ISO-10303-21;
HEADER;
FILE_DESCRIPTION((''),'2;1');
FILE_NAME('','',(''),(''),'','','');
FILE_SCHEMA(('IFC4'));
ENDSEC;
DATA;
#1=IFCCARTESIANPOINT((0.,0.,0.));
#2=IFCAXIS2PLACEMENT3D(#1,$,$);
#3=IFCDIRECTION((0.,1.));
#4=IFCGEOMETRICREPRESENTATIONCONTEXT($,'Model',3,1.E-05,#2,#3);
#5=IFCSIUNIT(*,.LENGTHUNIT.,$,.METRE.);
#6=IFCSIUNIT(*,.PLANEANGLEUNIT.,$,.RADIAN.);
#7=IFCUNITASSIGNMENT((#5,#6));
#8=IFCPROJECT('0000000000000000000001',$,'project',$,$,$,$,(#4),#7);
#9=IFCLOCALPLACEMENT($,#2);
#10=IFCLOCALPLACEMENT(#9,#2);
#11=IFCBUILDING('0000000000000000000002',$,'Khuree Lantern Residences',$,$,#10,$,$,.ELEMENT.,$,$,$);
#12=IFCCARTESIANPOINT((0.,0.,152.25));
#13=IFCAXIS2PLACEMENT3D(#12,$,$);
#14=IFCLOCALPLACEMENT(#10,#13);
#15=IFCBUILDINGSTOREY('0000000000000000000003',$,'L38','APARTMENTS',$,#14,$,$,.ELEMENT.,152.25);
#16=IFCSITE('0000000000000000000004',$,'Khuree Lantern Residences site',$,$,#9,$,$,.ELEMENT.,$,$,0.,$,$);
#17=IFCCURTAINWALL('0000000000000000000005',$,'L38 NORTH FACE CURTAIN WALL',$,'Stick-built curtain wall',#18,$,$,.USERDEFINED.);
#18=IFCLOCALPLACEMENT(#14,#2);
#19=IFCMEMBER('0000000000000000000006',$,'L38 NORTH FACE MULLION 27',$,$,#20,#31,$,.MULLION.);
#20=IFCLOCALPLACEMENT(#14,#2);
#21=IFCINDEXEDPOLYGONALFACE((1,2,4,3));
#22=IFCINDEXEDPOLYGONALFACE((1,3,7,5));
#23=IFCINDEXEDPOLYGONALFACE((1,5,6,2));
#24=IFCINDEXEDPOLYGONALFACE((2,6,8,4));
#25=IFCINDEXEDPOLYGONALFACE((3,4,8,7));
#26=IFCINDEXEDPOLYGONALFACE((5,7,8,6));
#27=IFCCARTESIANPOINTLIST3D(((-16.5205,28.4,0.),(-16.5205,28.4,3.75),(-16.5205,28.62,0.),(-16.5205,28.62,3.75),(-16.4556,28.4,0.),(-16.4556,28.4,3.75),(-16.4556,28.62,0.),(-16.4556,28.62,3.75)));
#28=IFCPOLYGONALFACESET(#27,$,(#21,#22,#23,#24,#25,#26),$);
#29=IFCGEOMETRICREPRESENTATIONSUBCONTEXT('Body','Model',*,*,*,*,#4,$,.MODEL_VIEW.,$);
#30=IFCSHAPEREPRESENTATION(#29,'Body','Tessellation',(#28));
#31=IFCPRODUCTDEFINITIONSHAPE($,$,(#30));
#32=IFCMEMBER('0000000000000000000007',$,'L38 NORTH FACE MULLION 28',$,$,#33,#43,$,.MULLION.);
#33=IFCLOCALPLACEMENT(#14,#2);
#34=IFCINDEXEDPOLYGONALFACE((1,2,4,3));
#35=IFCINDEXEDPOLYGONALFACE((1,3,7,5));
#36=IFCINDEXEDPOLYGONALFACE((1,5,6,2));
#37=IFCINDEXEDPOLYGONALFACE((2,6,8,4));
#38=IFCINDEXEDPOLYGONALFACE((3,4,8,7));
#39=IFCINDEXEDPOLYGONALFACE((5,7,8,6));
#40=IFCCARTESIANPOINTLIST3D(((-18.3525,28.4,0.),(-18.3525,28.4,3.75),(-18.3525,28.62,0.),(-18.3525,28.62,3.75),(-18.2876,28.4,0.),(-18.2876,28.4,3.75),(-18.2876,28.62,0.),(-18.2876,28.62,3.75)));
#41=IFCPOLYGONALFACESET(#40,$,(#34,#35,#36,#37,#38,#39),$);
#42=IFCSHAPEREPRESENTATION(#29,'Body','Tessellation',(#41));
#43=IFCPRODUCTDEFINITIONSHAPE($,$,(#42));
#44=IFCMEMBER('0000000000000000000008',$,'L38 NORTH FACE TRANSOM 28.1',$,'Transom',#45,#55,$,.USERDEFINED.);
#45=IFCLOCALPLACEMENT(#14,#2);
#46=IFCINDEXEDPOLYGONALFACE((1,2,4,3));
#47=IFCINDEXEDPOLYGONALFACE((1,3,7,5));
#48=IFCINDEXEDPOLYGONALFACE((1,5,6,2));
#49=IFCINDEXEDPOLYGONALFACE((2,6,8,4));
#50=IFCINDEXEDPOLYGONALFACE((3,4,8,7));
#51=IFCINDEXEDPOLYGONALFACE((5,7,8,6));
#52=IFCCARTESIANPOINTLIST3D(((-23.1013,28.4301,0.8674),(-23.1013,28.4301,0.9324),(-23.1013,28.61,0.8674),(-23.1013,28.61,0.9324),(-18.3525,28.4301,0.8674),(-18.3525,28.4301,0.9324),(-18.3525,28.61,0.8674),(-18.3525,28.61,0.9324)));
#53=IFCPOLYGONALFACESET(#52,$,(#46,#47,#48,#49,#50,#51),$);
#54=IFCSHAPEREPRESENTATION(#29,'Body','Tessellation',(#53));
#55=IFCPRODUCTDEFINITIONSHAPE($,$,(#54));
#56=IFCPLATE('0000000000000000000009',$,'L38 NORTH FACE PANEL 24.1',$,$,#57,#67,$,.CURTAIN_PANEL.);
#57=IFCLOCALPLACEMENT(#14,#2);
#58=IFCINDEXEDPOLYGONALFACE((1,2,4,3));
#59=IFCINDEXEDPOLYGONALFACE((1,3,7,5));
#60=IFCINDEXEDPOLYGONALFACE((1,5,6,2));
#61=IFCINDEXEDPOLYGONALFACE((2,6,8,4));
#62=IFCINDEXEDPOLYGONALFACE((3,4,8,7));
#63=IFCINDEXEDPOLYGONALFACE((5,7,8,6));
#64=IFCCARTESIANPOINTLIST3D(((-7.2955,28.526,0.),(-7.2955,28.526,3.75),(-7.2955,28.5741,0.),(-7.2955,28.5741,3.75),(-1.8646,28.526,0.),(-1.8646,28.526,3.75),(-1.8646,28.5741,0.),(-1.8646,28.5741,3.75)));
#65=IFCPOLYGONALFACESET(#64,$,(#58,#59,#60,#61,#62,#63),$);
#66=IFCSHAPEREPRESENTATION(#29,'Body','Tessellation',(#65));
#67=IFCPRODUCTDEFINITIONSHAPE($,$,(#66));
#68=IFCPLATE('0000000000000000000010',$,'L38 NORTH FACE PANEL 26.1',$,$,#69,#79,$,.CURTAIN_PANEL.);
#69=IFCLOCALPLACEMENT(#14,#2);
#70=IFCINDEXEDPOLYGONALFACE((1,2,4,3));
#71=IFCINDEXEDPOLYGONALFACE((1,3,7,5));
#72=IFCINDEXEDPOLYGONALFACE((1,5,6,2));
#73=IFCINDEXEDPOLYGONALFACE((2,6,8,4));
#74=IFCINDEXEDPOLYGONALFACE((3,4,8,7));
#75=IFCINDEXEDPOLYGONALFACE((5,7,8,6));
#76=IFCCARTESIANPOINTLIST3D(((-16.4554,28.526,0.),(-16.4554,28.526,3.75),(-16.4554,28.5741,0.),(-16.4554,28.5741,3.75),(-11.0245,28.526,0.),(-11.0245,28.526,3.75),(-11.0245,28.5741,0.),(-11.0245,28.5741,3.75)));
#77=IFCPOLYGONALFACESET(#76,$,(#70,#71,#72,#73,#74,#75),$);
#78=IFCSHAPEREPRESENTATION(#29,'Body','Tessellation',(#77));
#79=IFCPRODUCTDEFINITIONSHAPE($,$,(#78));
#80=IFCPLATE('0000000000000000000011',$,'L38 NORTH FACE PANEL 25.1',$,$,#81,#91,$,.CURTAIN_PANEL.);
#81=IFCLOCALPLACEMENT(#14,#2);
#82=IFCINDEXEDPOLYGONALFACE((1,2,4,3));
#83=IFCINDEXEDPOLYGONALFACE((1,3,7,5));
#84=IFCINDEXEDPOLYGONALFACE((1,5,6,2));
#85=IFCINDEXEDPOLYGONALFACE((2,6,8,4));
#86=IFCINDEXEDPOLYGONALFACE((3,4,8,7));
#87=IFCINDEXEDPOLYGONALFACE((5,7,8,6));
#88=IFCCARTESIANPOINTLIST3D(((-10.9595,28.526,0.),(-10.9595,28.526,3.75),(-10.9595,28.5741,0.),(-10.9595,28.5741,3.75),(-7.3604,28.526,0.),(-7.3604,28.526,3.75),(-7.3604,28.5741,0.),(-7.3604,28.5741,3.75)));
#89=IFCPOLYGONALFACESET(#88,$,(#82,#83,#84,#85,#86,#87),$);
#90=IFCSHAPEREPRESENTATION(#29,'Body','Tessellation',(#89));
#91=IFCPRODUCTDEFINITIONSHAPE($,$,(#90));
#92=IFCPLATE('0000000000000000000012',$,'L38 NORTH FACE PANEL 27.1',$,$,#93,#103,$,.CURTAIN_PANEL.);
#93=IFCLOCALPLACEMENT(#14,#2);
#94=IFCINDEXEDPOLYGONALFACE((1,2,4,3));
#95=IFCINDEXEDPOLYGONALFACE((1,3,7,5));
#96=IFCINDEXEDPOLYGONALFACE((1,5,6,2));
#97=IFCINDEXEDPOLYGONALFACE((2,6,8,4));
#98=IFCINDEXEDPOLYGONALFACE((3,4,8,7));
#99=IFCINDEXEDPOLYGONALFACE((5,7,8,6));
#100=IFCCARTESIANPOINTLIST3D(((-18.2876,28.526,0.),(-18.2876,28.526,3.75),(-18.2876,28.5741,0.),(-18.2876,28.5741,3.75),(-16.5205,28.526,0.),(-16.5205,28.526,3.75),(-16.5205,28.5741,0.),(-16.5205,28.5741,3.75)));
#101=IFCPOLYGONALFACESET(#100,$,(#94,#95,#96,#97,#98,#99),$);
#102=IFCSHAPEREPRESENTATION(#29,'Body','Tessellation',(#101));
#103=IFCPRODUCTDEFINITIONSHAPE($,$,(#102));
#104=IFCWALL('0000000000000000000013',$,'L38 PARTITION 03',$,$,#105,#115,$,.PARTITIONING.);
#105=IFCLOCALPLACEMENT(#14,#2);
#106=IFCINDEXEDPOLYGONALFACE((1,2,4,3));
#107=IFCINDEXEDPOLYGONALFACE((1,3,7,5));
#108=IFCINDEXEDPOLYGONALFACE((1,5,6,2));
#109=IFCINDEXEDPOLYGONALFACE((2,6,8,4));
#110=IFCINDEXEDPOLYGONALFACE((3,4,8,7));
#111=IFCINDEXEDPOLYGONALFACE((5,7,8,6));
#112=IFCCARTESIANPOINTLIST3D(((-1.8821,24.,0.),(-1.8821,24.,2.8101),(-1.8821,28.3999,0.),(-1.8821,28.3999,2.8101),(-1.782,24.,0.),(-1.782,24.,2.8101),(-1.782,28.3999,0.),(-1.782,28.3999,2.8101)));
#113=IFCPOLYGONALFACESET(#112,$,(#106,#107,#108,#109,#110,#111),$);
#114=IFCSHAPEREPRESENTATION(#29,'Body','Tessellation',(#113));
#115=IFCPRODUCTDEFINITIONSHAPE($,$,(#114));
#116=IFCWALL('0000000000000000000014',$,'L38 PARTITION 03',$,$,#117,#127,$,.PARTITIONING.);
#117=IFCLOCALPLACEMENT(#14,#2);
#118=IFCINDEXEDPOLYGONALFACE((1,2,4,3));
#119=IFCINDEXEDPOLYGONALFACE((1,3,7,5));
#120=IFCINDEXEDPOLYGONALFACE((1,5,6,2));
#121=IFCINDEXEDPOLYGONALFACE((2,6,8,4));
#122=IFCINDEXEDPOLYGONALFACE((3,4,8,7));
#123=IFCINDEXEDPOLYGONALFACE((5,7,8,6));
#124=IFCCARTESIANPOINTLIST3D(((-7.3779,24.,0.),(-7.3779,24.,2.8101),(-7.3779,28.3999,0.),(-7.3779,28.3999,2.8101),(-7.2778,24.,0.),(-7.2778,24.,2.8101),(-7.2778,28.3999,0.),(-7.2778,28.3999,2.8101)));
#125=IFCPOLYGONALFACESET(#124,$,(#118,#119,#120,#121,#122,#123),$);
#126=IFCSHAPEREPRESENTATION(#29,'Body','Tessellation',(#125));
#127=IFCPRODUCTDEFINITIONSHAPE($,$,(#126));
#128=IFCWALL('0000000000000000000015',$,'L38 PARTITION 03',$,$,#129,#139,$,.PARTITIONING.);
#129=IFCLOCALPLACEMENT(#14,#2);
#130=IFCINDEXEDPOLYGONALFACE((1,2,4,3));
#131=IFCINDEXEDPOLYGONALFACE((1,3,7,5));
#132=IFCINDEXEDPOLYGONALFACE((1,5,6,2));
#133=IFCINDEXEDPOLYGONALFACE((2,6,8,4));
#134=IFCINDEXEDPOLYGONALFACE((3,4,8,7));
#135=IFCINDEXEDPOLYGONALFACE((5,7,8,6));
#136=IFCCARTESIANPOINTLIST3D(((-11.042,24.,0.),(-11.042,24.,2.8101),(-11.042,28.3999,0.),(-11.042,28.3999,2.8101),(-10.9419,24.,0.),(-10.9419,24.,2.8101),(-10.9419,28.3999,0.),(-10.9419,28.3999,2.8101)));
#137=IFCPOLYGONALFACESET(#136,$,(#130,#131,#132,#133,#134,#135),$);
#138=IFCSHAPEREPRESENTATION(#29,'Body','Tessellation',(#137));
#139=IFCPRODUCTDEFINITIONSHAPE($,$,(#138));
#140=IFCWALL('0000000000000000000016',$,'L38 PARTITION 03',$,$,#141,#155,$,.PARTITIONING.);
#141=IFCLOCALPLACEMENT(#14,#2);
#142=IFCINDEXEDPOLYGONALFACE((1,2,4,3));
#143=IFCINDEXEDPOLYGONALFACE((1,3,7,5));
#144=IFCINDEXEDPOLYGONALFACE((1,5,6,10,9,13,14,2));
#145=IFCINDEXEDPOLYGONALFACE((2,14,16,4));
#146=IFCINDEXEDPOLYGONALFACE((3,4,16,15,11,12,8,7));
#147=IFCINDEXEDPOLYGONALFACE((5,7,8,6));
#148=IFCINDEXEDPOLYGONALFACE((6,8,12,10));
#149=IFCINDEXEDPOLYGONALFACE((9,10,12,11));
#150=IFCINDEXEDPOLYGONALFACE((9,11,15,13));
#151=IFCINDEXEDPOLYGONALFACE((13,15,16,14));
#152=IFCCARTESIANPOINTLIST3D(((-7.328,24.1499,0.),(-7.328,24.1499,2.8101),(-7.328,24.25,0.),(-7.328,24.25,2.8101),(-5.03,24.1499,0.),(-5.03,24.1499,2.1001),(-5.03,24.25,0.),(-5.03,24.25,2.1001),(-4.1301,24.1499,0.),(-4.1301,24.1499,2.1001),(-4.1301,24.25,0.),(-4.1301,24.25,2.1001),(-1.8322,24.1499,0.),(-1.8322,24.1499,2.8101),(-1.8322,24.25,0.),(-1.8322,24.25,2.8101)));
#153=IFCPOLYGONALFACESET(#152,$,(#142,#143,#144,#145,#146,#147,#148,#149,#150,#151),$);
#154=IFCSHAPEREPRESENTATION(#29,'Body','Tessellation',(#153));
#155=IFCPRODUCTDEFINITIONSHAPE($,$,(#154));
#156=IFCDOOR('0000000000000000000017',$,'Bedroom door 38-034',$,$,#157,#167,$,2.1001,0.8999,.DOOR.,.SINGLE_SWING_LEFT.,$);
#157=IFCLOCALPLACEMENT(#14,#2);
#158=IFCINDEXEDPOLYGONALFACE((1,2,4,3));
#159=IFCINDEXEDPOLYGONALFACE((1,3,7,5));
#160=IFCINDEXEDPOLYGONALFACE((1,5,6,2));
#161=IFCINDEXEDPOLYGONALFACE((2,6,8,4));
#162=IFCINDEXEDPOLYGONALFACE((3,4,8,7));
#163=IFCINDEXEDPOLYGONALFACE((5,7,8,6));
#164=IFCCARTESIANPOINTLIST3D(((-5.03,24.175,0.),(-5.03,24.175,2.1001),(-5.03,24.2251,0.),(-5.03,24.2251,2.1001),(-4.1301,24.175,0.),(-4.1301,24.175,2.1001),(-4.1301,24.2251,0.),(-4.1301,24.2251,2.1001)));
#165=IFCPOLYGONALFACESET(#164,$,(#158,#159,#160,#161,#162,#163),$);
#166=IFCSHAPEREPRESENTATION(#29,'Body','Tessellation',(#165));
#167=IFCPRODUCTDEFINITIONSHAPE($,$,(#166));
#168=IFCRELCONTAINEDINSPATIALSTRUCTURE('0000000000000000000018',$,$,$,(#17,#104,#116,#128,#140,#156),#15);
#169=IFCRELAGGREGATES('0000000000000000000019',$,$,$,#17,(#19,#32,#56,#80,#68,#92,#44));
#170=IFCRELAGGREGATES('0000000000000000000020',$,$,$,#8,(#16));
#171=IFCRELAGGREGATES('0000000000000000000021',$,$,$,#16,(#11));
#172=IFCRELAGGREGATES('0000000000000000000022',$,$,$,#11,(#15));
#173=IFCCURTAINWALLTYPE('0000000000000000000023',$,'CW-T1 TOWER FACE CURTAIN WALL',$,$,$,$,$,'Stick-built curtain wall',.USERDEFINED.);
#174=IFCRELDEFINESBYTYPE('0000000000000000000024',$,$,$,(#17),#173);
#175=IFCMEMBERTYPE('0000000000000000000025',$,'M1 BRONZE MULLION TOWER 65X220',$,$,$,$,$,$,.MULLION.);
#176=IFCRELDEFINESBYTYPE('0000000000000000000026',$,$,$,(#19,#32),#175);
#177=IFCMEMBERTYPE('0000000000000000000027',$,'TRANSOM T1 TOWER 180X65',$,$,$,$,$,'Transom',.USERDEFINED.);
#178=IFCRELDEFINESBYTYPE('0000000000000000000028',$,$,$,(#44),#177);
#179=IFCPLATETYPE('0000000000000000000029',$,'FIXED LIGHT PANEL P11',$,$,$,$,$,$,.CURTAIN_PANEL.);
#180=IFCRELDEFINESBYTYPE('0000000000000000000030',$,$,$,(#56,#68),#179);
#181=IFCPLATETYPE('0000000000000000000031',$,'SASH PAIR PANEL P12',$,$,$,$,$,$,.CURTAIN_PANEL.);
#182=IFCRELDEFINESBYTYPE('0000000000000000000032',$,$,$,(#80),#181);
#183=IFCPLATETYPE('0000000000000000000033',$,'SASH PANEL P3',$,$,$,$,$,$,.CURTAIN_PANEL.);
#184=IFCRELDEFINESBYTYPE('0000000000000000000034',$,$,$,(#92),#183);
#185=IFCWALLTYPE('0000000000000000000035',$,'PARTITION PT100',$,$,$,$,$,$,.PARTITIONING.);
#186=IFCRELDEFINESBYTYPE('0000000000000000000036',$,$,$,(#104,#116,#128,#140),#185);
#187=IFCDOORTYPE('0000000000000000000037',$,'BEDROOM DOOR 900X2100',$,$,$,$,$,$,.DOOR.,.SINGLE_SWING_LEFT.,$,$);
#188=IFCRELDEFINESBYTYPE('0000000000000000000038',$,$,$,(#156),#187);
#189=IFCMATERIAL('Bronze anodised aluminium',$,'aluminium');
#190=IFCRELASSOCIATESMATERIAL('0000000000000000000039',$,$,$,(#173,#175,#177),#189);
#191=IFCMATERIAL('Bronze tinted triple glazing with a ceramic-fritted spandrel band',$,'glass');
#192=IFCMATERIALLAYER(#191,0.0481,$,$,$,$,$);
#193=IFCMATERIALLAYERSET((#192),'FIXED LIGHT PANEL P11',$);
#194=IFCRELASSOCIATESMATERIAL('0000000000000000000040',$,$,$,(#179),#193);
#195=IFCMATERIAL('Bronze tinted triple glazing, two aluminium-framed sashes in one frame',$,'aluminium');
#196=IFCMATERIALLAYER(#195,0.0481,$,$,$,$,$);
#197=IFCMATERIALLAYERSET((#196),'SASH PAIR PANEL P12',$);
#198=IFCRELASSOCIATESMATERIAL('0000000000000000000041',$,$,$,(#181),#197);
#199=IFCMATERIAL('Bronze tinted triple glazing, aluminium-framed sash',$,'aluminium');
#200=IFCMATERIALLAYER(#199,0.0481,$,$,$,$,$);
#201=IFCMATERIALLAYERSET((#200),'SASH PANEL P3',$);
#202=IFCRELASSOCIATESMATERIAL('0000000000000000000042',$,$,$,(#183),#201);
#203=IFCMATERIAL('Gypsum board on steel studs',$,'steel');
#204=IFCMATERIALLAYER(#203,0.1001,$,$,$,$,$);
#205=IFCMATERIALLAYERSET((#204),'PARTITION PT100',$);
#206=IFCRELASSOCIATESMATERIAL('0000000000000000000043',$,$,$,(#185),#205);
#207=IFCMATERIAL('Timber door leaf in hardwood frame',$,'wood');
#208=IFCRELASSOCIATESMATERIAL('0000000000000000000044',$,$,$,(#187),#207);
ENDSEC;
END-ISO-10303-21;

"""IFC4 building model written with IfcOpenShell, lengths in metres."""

from ifc_helpers import new_model, si_unit, direction, frame, frame_2d, origin, origin_2d, place, context, subcontext, project, spatial, rectangle, extrude, material, layer, layer_set, material_profile, profile_set, type_object, element, fill, aggregate, save


model = new_model("IFC4")

# Units and contexts
model_context = context("Model", 3, precision=1e-05, world=origin(), true_north=direction((0.0, 1.0)))
body_context = subcontext(model_context, "Body", "Model", "MODEL_VIEW")
ifc_project = project(units=[si_unit("LENGTHUNIT", "METRE"), si_unit("PLANEANGLEUNIT", "RADIAN")], contexts=[model_context])

# Site, building, storey
site_placement = place(None, origin())
site = spatial("IfcSite", under=ifc_project, at=site_placement, Name="Khuree Lantern Residences site", CompositionType="ELEMENT", RefElevation=0.0)
building_placement = place(site_placement, origin())
building = spatial("IfcBuilding", under=site, at=building_placement, Name="Khuree Lantern Residences", CompositionType="ELEMENT")
storey_placement = place(building_placement, frame((0.0, 0.0, 152.25)))
storey = spatial("IfcBuildingStorey", under=building, at=storey_placement, Name="L38", Description="APARTMENTS", CompositionType="ELEMENT", Elevation=152.25)

# Curtain wall
ifc_material_1 = material(Name="Bronze anodised aluminium", Category="aluminium")
curtain_wall_type = type_object("IfcCurtainWallType", Name="CW-T1 TOWER FACE CURTAIN WALL", ElementType="Stick-built curtain wall", PredefinedType="USERDEFINED", material=ifc_material_1)
curtain_wall_placement = place(storey_placement, origin())
curtain_wall = element("IfcCurtainWall", 1, at=curtain_wall_placement, inside=storey, type_object=curtain_wall_type, Name="L38 NORTH FACE CURTAIN WALL", ObjectType="Stick-built curtain wall", PredefinedType="USERDEFINED")

# Members
ifc_material_profile_1 = material_profile(ifc_material_1, rectangle(XDim=0.0649, YDim=0.22, at=origin_2d()), Name="M1 65X220")
ifc_profile_set_1 = profile_set([ifc_material_profile_1], Name="Bronze anodised aluminium")
member_type_1 = type_object("IfcMemberType", Name="M1 BRONZE MULLION TOWER 65X220", PredefinedType="MULLION", material=ifc_profile_set_1)
member_1_placement = place(storey_placement, frame((-16.488, 28.51, 0.0), z_axis=(0.0, 0.0, 1.0), x_axis=(-1.0, 0.0, 0.0)))
member_1 = element("IfcMember", 2, at=member_1_placement, type_object=member_type_1, Name="L38 NORTH FACE MULLION 27", PredefinedType="MULLION", context=body_context, shape_type="SweptSolid", body=[
    extrude(rectangle(XDim=0.0649, YDim=0.22, at=origin_2d()), origin(), (0.0, 0.0, 1.0), 3.75),
])
member_2_placement = place(storey_placement, frame((-18.3201, 28.51, 0.0), z_axis=(0.0, 0.0, 1.0), x_axis=(-1.0, 0.0, 0.0)))
member_2 = element("IfcMember", 3, at=member_2_placement, type_object=member_type_1, Name="L38 NORTH FACE MULLION 28", PredefinedType="MULLION", context=body_context, shape_type="SweptSolid", body=[
    extrude(rectangle(XDim=0.0649, YDim=0.22, at=origin_2d()), origin(), (0.0, 0.0, 1.0), 3.75),
])
ifc_material_profile_2 = material_profile(ifc_material_1, rectangle(XDim=0.1799, YDim=0.0649, at=origin_2d()), Name="T1 180X65")
ifc_profile_set_2 = profile_set([ifc_material_profile_2], Name="Bronze anodised aluminium")
member_type_2 = type_object("IfcMemberType", Name="TRANSOM T1 TOWER 180X65", ElementType="Transom", PredefinedType="USERDEFINED", material=ifc_profile_set_2)
member_3_placement = place(storey_placement, frame((-18.3525, 28.52, 0.8999), z_axis=(-1.0, 0.0, 0.0), x_axis=(0.0, -1.0, 0.0)))
member_3 = element("IfcMember", 4, at=member_3_placement, type_object=member_type_2, Name="L38 NORTH FACE TRANSOM 28.1", ObjectType="Transom", PredefinedType="USERDEFINED", context=body_context, shape_type="SweptSolid", body=[
    extrude(rectangle(XDim=0.1799, YDim=0.0649, at=origin_2d()), origin(), (0.0, 0.0, 1.0), 4.7488),
])

# Plates
ifc_material_2 = material(Name="Bronze tinted triple glazing with a ceramic-fritted spandrel band", Category="glass")
ifc_layer_1 = layer(ifc_material_2, 0.0481)
ifc_layer_set_1 = layer_set([ifc_layer_1], Name="FIXED LIGHT PANEL P11")
plate_type_1 = type_object("IfcPlateType", Name="FIXED LIGHT PANEL P11", PredefinedType="CURTAIN_PANEL", material=ifc_layer_set_1)
plate_1_placement = place(storey_placement, frame((-4.5801, 28.55, 0.0), z_axis=(0.0, 0.0, 1.0), x_axis=(-1.0, 0.0, 0.0)))
plate_1 = element("IfcPlate", 5, at=plate_1_placement, type_object=plate_type_1, Name="L38 NORTH FACE PANEL 24.1", PredefinedType="CURTAIN_PANEL", context=body_context, shape_type="SweptSolid", body=[
    extrude(rectangle(XDim=5.4309, YDim=0.0481, at=origin_2d()), origin(), (0.0, 0.0, 1.0), 3.75),
])
plate_2_placement = place(storey_placement, frame((-13.74, 28.55, 0.0), z_axis=(0.0, 0.0, 1.0), x_axis=(-1.0, 0.0, 0.0)))
plate_2 = element("IfcPlate", 6, at=plate_2_placement, type_object=plate_type_1, Name="L38 NORTH FACE PANEL 26.1", PredefinedType="CURTAIN_PANEL", context=body_context, shape_type="SweptSolid", body=[
    extrude(rectangle(XDim=5.4309, YDim=0.0481, at=origin_2d()), origin(), (0.0, 0.0, 1.0), 3.75),
])
ifc_material_3 = material(Name="Bronze tinted triple glazing, two aluminium-framed sashes in one frame", Category="aluminium")
ifc_layer_2 = layer(ifc_material_3, 0.0481)
ifc_layer_set_2 = layer_set([ifc_layer_2], Name="SASH PAIR PANEL P12")
plate_type_2 = type_object("IfcPlateType", Name="SASH PAIR PANEL P12", PredefinedType="CURTAIN_PANEL", material=ifc_layer_set_2)
plate_3_placement = place(storey_placement, frame((-9.1599, 28.55, 0.0), z_axis=(0.0, 0.0, 1.0), x_axis=(-1.0, 0.0, 0.0)))
plate_3 = element("IfcPlate", 7, at=plate_3_placement, type_object=plate_type_2, Name="L38 NORTH FACE PANEL 25.1", PredefinedType="CURTAIN_PANEL", context=body_context, shape_type="SweptSolid", body=[
    extrude(rectangle(XDim=3.5991, YDim=0.0481, at=origin_2d()), origin(), (0.0, 0.0, 1.0), 3.75),
])
ifc_material_4 = material(Name="Bronze tinted triple glazing, aluminium-framed sash", Category="aluminium")
ifc_layer_3 = layer(ifc_material_4, 0.0481)
ifc_layer_set_3 = layer_set([ifc_layer_3], Name="SASH PANEL P3")
plate_type_3 = type_object("IfcPlateType", Name="SASH PANEL P3", PredefinedType="CURTAIN_PANEL", material=ifc_layer_set_3)
plate_4_placement = place(storey_placement, frame((-17.4041, 28.55, 0.0), z_axis=(0.0, 0.0, 1.0), x_axis=(-1.0, 0.0, 0.0)))
plate_4 = element("IfcPlate", 8, at=plate_4_placement, type_object=plate_type_3, Name="L38 NORTH FACE PANEL 27.1", PredefinedType="CURTAIN_PANEL", context=body_context, shape_type="SweptSolid", body=[
    extrude(rectangle(XDim=1.7671, YDim=0.0481, at=origin_2d()), origin(), (0.0, 0.0, 1.0), 3.75),
])
aggregate(curtain_wall, [member_1, member_2, plate_1, plate_3, plate_2, plate_4, member_3])

# Walls
ifc_material_5 = material(Name="Gypsum board on steel studs", Category="steel")
ifc_layer_4 = layer(ifc_material_5, 0.1001)
ifc_layer_set_4 = layer_set([ifc_layer_4], Name="PARTITION PT100")
wall_type = type_object("IfcWallType", Name="PARTITION PT100", PredefinedType="PARTITIONING", material=ifc_layer_set_4)
for number, where, z_axis, x_axis, name in (
    (9, (-1.832, 24.0, 0.0), (0.0, 0.0, 1.0), (0.0, 1.0, 0.0), "L38 PARTITION 03"),
    (10, (-7.3279, 24.0, 0.0), (0.0, 0.0, 1.0), (0.0, 1.0, 0.0), "L38 PARTITION 03"),
    (11, (-10.9919, 24.0, 0.0), (0.0, 0.0, 1.0), (0.0, 1.0, 0.0), "L38 PARTITION 03"),
):
    element("IfcWall", number, at=place(storey_placement, frame(where, z_axis=z_axis, x_axis=x_axis)), inside=storey, type_object=wall_type, Name=name, PredefinedType="PARTITIONING", context=body_context, shape_type="SweptSolid", body=[
        extrude(rectangle(XDim=4.3999, YDim=0.1001, at=frame_2d((2.2, 0.0))), origin(), (0.0, 0.0, 1.0), 2.8101),
    ])

# Wall, opening, door
wall_1_placement = place(storey_placement, frame((-1.832, 24.2, 0.0), z_axis=(0.0, 0.0, 1.0), x_axis=(-1.0, 0.0, 0.0)))
wall_1 = element("IfcWall", 12, at=wall_1_placement, inside=storey, type_object=wall_type, Name="L38 PARTITION 03", PredefinedType="PARTITIONING", context=body_context, shape_type="SweptSolid", body=[
    extrude(rectangle(XDim=5.4958, YDim=0.1001, at=frame_2d((2.748, 0.0))), origin(), (0.0, 0.0, 1.0), 2.8101),
])
opening_1_placement = place(wall_1_placement, frame((2.2981, 0.0, 0.0)))
opening_1 = element("IfcOpeningElement", 13, at=opening_1_placement, cuts=wall_1, PredefinedType="OPENING", context=body_context, shape_type="SweptSolid", body=[
    extrude(rectangle(XDim=0.8999, YDim=2.1001, at=frame_2d((0.45, 1.05))), frame((0.0, 0.0601, 0.0), z_axis=(0.0, -1.0, 0.0), x_axis=(1.0, 0.0, 0.0)), (0.0, 0.0, 1.0), 0.1201),
])
ifc_material_6 = material(Name="Timber door leaf in hardwood frame", Category="wood")
door_type = type_object("IfcDoorType", Name="BEDROOM DOOR 900X2100", OperationType="SINGLE_SWING_LEFT", PredefinedType="DOOR", material=ifc_material_6)
door_1_placement = place(opening_1_placement, origin())
door_1 = element("IfcDoor", 14, at=door_1_placement, inside=storey, type_object=door_type, Name="Bedroom door 38-034", OperationType="SINGLE_SWING_LEFT", OverallHeight=2.1001, OverallWidth=0.8999, PredefinedType="DOOR", context=body_context, shape_type="SweptSolid", body=[
    extrude(rectangle(XDim=0.8999, YDim=2.1001, at=frame_2d((0.45, 1.05))), frame((0.0, 0.0249, 0.0), z_axis=(0.0, -1.0, 0.0), x_axis=(1.0, 0.0, 0.0)), (0.0, 0.0, 1.0), 0.05),
])
fill(opening_1, door_1)

save(model, "model.ifc")
